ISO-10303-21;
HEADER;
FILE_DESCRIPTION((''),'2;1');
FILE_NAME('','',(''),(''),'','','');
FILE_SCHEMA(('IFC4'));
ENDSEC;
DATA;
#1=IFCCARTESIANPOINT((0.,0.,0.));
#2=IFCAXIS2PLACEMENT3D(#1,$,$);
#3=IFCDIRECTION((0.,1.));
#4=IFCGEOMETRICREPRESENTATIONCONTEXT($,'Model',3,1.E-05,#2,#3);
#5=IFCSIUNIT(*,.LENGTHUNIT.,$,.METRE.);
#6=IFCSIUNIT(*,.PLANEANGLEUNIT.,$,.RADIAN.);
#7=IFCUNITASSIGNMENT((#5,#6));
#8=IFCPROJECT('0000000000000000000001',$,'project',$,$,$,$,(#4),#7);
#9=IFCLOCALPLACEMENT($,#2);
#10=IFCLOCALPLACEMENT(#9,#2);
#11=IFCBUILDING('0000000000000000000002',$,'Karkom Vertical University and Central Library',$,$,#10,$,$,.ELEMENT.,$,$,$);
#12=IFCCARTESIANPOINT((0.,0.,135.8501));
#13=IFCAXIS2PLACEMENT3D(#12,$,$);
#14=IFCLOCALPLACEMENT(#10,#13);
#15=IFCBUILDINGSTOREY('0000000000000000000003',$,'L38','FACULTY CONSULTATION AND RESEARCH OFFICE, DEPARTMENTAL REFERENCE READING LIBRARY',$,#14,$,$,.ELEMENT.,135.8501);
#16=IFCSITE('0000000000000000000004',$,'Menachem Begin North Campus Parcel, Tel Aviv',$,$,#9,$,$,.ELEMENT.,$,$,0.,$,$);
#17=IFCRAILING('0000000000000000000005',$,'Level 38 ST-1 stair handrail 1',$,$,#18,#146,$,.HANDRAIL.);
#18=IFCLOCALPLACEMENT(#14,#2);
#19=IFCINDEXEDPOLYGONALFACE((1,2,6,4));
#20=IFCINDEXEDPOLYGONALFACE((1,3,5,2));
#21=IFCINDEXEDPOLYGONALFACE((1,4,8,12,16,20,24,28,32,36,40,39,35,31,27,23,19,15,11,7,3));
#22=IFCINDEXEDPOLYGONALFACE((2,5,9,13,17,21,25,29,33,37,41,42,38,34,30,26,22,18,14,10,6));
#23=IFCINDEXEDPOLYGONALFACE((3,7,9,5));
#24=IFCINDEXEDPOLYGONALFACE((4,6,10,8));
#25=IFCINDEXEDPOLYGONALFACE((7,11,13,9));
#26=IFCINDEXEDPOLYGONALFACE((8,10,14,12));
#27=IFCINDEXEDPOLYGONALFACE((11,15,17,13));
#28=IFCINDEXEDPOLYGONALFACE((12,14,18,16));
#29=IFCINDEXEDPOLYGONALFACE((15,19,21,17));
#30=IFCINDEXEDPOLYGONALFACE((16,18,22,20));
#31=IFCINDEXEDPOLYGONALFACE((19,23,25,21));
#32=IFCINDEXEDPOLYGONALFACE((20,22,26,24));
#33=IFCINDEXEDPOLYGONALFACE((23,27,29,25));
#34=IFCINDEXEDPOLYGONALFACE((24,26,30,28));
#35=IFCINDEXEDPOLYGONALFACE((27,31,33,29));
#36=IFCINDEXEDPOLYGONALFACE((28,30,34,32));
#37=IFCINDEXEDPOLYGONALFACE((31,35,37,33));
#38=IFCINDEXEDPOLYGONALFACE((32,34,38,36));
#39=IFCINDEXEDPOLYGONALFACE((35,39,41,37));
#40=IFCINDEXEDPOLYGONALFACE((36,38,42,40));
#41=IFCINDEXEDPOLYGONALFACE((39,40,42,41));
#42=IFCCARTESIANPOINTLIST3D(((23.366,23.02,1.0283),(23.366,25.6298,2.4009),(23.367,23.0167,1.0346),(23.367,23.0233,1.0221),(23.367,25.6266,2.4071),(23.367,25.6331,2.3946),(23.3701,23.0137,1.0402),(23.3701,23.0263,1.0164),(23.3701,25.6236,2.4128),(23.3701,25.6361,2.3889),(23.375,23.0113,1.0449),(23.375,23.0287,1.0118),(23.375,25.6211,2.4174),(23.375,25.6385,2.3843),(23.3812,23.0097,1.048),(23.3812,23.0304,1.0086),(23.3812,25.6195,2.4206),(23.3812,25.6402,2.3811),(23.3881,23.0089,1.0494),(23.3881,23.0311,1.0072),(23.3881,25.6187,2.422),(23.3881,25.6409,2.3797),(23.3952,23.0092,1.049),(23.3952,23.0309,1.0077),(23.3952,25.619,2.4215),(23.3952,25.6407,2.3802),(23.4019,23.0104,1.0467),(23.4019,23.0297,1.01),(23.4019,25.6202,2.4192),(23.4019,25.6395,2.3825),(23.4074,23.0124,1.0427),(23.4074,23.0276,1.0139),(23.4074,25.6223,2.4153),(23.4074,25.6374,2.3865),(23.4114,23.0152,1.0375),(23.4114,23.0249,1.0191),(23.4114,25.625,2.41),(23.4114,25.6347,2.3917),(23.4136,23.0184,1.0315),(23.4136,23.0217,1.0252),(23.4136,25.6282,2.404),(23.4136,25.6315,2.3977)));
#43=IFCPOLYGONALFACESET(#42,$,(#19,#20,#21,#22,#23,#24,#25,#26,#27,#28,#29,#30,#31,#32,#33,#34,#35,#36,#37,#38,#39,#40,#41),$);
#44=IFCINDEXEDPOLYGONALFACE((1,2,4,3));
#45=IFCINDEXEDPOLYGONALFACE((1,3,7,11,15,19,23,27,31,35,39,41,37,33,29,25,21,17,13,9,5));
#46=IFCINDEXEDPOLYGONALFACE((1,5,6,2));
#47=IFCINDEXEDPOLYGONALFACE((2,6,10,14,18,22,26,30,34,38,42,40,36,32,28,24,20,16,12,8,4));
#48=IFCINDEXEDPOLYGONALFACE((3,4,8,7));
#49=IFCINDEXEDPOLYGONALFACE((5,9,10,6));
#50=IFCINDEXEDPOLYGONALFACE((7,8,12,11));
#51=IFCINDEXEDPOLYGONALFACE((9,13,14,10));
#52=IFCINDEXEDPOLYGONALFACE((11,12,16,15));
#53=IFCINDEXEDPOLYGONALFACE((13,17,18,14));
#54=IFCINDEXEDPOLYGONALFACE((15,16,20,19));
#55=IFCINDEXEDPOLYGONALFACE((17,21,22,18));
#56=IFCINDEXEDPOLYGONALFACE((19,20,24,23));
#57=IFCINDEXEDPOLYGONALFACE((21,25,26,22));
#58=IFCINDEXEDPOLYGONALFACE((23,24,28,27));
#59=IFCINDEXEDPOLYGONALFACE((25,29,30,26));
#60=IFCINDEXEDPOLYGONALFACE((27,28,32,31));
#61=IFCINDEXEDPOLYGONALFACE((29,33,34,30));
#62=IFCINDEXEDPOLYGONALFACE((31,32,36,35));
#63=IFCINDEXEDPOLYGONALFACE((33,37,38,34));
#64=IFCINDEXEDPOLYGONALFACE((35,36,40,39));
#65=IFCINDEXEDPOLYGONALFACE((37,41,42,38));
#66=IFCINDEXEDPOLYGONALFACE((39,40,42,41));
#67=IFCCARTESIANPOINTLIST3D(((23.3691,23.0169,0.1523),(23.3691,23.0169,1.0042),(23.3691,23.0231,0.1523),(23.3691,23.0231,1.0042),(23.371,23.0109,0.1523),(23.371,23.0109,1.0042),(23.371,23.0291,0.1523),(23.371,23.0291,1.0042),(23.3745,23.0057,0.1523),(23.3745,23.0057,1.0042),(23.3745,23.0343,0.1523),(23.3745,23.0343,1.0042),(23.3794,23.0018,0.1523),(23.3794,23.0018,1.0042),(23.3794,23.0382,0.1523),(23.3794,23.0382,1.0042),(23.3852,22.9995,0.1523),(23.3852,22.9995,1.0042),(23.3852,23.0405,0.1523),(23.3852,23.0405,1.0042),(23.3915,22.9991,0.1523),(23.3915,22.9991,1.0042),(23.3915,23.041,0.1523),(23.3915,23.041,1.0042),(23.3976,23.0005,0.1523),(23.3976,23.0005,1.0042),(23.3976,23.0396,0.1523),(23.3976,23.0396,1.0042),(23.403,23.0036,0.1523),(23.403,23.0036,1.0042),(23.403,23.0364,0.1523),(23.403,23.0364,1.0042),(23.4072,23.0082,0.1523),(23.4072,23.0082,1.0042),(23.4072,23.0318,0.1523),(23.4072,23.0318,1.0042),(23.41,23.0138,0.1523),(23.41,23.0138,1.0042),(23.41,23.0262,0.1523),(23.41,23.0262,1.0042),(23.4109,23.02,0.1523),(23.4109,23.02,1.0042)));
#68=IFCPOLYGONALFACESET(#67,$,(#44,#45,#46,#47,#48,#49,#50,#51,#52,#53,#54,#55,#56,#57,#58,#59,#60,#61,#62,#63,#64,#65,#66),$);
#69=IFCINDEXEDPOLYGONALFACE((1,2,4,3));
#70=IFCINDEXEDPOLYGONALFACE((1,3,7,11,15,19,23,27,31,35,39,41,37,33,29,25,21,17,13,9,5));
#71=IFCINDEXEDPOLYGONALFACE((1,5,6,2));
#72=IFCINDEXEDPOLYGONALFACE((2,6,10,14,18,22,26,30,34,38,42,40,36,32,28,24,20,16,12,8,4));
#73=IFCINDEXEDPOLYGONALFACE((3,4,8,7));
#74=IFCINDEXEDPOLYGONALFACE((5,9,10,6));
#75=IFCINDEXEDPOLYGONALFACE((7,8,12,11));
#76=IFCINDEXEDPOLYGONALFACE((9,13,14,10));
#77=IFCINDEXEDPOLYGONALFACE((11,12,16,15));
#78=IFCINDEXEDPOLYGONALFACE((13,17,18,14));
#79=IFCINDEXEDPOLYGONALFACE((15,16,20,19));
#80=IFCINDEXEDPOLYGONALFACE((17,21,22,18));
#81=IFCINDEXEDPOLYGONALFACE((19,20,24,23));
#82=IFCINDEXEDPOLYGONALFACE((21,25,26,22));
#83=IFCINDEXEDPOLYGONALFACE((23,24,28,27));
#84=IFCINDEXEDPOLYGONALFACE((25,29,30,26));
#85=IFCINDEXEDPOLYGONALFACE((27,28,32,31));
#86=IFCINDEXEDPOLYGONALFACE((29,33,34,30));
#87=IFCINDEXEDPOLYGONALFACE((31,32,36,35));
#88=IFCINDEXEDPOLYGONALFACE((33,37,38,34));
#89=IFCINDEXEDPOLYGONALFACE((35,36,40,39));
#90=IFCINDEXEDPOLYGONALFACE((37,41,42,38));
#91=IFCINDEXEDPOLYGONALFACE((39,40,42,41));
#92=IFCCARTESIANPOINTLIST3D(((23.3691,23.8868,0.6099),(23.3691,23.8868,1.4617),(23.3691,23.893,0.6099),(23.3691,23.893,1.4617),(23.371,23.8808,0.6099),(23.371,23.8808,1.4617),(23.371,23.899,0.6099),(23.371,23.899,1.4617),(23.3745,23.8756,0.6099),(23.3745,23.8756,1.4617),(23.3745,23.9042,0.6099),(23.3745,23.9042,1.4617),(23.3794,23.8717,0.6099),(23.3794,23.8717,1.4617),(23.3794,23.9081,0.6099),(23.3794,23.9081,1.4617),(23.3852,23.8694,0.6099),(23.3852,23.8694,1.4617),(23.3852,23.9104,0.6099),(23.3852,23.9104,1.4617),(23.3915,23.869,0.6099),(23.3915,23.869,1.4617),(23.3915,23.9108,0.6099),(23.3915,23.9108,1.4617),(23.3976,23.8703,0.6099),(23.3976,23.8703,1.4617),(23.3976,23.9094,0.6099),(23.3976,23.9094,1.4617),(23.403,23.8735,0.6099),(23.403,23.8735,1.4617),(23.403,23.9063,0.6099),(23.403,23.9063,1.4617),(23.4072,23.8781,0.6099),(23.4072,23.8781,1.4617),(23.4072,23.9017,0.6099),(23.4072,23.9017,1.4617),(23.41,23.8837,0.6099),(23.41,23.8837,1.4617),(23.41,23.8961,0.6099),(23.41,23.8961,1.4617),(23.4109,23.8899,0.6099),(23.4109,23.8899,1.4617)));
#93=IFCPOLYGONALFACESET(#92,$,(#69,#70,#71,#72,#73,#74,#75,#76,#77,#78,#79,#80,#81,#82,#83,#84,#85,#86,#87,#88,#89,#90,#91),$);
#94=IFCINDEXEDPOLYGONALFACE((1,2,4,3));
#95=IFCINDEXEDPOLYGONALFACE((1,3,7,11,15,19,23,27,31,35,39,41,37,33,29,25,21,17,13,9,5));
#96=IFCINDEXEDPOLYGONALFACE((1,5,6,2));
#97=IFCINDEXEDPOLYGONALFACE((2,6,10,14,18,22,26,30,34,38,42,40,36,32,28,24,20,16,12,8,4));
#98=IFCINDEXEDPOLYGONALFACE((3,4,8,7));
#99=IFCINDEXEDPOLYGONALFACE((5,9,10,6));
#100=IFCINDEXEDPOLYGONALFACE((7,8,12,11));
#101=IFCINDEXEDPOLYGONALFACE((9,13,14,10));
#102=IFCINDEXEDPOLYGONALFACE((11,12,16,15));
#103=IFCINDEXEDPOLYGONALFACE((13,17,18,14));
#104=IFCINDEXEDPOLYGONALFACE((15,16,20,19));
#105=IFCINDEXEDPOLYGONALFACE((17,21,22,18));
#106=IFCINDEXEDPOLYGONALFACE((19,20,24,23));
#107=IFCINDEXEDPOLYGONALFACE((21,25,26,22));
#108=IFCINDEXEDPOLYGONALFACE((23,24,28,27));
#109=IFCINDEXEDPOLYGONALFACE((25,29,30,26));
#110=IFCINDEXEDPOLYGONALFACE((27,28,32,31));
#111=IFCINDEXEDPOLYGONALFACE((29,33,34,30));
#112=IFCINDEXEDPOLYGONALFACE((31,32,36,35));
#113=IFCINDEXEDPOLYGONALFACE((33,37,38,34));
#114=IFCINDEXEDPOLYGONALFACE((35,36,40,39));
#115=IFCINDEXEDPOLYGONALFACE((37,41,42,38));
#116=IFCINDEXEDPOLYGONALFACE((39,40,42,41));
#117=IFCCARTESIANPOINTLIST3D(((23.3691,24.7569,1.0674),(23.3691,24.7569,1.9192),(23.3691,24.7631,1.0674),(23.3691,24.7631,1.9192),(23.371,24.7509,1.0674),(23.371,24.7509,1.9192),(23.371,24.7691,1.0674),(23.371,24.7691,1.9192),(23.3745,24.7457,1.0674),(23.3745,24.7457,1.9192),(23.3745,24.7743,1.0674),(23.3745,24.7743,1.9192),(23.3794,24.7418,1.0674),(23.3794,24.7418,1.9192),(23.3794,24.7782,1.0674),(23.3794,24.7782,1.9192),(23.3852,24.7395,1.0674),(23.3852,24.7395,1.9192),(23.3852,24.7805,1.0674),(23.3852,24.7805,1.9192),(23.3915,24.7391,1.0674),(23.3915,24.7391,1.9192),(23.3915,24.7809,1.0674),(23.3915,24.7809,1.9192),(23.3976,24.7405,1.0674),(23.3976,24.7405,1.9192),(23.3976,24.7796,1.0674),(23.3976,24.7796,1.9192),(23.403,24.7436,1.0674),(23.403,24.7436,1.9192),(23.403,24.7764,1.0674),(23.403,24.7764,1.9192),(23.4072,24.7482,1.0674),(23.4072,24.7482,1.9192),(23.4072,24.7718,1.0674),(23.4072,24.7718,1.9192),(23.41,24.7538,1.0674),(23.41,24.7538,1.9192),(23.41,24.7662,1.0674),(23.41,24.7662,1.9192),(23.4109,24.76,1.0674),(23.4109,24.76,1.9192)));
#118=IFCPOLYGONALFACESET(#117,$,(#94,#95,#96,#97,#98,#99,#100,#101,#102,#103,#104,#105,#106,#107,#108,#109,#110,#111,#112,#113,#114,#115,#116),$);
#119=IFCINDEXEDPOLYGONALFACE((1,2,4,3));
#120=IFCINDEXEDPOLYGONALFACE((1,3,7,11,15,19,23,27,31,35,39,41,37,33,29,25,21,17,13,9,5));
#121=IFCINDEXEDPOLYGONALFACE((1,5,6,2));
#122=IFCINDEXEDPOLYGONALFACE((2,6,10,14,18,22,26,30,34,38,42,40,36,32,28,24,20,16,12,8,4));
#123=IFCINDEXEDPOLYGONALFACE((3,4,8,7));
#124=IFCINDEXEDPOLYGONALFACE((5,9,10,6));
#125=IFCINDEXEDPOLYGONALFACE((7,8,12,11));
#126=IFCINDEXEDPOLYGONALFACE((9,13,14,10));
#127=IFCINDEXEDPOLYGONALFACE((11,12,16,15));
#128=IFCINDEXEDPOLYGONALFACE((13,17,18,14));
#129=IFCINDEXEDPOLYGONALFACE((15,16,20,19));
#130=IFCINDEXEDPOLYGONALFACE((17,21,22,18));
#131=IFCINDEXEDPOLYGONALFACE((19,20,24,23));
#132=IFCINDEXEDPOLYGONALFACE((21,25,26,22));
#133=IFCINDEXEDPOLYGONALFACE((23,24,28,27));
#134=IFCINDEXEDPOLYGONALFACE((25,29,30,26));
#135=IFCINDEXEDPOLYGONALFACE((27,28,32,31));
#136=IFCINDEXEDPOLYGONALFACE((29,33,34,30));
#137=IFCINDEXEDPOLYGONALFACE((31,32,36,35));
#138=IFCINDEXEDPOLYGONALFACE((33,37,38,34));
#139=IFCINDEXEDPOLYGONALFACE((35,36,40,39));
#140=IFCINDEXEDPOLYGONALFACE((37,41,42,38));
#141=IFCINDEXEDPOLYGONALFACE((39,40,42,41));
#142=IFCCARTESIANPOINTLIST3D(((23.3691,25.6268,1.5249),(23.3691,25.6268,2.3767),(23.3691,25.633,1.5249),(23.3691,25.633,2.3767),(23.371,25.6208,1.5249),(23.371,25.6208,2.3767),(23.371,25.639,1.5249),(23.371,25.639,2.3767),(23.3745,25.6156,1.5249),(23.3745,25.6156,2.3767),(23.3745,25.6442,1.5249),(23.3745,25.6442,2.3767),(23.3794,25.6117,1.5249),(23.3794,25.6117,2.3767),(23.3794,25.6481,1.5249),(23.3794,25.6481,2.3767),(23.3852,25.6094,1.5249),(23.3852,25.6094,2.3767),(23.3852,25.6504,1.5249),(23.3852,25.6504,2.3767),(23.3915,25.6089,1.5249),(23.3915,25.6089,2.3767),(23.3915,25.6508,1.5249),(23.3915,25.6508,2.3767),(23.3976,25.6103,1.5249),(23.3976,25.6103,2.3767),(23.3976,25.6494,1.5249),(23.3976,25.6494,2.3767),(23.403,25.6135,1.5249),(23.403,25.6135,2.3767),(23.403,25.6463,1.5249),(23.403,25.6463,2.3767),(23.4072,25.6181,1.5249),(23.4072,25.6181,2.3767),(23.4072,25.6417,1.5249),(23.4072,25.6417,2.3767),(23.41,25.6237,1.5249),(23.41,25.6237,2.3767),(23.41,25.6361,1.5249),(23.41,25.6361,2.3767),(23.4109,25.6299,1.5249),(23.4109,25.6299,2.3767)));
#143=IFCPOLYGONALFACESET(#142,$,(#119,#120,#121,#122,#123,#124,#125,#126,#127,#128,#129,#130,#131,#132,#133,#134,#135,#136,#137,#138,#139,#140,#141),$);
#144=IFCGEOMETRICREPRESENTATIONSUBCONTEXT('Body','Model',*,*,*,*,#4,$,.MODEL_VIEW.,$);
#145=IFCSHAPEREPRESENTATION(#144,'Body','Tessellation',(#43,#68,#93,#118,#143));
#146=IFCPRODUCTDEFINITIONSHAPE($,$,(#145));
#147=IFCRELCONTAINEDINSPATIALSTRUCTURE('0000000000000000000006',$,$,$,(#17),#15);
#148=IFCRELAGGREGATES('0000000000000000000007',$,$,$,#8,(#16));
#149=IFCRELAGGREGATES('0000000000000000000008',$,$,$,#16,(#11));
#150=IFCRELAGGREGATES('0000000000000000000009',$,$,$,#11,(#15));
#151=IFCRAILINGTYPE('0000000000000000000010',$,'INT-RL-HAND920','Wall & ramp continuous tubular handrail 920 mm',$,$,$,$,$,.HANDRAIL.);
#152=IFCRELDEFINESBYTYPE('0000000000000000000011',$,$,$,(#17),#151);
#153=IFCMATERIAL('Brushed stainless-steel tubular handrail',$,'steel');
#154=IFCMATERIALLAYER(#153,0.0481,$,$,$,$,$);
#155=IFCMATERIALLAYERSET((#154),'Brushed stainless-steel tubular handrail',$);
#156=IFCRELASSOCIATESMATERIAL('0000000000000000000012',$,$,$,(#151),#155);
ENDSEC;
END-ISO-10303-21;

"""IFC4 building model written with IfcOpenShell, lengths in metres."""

from ifc_helpers import new_model, si_unit, direction, frame, origin, origin_2d, place, context, subcontext, project, spatial, circle, extrude, material, layer, layer_set, type_object, element, save


model = new_model("IFC4")

# Units and contexts
model_context = context("Model", 3, precision=1e-05, world=origin(), true_north=direction((0.0, 1.0)))
body_context = subcontext(model_context, "Body", "Model", "MODEL_VIEW")
ifc_project = project(units=[si_unit("LENGTHUNIT", "METRE"), si_unit("PLANEANGLEUNIT", "RADIAN")], contexts=[model_context])

# Site, building, storey
site_placement = place(None, origin())
site = spatial("IfcSite", under=ifc_project, at=site_placement, Name="Menachem Begin North Campus Parcel, Tel Aviv", CompositionType="ELEMENT", RefElevation=0.0)
building_placement = place(site_placement, origin())
building = spatial("IfcBuilding", under=site, at=building_placement, Name="Karkom Vertical University and Central Library", CompositionType="ELEMENT")
storey_placement = place(building_placement, frame((0.0, 0.0, 135.8501)))
storey = spatial("IfcBuildingStorey", under=building, at=storey_placement, Name="L38", Description="FACULTY CONSULTATION AND RESEARCH OFFICE, DEPARTMENTAL REFERENCE READING LIBRARY", CompositionType="ELEMENT", Elevation=135.8501)

# Railing
ifc_material_1 = material(Name="Brushed stainless-steel tubular handrail", Category="steel")
ifc_layer_1 = layer(ifc_material_1, 0.0481)
ifc_layer_set_1 = layer_set([ifc_layer_1], Name="Brushed stainless-steel tubular handrail")
railing_type_1 = type_object("IfcRailingType", Name="INT-RL-HAND920", Description="Wall & ramp continuous tubular handrail 920 mm", PredefinedType="HANDRAIL", material=ifc_layer_set_1)
railing_1_placement = place(storey_placement, frame((23.3899, 23.02, 0.1523)))
element("IfcRailing", 1, at=railing_1_placement, inside=storey, type_object=railing_type_1, Name="Level 38 ST-1 stair handrail 1", PredefinedType="HANDRAIL", context=body_context, shape_type="SweptSolid", body=[
    extrude(circle(Radius=0.0239, at=origin_2d()), frame((0.0, 0.0, 0.876), z_axis=(0.0, 0.885065, 0.465467), x_axis=(-1.0, 0.0, 0.0)), (0.0, 0.0, 1.0), 2.9487),
    extrude(circle(Radius=0.021, at=origin_2d()), origin(), (0.0, 0.0, 1.0), 0.8518),
    extrude(circle(Radius=0.021, at=origin_2d()), frame((0.0, 0.8699, 0.4575)), (0.0, 0.0, 1.0), 0.8518),
    extrude(circle(Radius=0.021, at=origin_2d()), frame((0.0, 1.74, 0.915)), (0.0, 0.0, 1.0), 0.8518),
    extrude(circle(Radius=0.021, at=origin_2d()), frame((0.0, 2.6099, 1.3726)), (0.0, 0.0, 1.0), 0.8518),
])

save(model, "model.ifc")
